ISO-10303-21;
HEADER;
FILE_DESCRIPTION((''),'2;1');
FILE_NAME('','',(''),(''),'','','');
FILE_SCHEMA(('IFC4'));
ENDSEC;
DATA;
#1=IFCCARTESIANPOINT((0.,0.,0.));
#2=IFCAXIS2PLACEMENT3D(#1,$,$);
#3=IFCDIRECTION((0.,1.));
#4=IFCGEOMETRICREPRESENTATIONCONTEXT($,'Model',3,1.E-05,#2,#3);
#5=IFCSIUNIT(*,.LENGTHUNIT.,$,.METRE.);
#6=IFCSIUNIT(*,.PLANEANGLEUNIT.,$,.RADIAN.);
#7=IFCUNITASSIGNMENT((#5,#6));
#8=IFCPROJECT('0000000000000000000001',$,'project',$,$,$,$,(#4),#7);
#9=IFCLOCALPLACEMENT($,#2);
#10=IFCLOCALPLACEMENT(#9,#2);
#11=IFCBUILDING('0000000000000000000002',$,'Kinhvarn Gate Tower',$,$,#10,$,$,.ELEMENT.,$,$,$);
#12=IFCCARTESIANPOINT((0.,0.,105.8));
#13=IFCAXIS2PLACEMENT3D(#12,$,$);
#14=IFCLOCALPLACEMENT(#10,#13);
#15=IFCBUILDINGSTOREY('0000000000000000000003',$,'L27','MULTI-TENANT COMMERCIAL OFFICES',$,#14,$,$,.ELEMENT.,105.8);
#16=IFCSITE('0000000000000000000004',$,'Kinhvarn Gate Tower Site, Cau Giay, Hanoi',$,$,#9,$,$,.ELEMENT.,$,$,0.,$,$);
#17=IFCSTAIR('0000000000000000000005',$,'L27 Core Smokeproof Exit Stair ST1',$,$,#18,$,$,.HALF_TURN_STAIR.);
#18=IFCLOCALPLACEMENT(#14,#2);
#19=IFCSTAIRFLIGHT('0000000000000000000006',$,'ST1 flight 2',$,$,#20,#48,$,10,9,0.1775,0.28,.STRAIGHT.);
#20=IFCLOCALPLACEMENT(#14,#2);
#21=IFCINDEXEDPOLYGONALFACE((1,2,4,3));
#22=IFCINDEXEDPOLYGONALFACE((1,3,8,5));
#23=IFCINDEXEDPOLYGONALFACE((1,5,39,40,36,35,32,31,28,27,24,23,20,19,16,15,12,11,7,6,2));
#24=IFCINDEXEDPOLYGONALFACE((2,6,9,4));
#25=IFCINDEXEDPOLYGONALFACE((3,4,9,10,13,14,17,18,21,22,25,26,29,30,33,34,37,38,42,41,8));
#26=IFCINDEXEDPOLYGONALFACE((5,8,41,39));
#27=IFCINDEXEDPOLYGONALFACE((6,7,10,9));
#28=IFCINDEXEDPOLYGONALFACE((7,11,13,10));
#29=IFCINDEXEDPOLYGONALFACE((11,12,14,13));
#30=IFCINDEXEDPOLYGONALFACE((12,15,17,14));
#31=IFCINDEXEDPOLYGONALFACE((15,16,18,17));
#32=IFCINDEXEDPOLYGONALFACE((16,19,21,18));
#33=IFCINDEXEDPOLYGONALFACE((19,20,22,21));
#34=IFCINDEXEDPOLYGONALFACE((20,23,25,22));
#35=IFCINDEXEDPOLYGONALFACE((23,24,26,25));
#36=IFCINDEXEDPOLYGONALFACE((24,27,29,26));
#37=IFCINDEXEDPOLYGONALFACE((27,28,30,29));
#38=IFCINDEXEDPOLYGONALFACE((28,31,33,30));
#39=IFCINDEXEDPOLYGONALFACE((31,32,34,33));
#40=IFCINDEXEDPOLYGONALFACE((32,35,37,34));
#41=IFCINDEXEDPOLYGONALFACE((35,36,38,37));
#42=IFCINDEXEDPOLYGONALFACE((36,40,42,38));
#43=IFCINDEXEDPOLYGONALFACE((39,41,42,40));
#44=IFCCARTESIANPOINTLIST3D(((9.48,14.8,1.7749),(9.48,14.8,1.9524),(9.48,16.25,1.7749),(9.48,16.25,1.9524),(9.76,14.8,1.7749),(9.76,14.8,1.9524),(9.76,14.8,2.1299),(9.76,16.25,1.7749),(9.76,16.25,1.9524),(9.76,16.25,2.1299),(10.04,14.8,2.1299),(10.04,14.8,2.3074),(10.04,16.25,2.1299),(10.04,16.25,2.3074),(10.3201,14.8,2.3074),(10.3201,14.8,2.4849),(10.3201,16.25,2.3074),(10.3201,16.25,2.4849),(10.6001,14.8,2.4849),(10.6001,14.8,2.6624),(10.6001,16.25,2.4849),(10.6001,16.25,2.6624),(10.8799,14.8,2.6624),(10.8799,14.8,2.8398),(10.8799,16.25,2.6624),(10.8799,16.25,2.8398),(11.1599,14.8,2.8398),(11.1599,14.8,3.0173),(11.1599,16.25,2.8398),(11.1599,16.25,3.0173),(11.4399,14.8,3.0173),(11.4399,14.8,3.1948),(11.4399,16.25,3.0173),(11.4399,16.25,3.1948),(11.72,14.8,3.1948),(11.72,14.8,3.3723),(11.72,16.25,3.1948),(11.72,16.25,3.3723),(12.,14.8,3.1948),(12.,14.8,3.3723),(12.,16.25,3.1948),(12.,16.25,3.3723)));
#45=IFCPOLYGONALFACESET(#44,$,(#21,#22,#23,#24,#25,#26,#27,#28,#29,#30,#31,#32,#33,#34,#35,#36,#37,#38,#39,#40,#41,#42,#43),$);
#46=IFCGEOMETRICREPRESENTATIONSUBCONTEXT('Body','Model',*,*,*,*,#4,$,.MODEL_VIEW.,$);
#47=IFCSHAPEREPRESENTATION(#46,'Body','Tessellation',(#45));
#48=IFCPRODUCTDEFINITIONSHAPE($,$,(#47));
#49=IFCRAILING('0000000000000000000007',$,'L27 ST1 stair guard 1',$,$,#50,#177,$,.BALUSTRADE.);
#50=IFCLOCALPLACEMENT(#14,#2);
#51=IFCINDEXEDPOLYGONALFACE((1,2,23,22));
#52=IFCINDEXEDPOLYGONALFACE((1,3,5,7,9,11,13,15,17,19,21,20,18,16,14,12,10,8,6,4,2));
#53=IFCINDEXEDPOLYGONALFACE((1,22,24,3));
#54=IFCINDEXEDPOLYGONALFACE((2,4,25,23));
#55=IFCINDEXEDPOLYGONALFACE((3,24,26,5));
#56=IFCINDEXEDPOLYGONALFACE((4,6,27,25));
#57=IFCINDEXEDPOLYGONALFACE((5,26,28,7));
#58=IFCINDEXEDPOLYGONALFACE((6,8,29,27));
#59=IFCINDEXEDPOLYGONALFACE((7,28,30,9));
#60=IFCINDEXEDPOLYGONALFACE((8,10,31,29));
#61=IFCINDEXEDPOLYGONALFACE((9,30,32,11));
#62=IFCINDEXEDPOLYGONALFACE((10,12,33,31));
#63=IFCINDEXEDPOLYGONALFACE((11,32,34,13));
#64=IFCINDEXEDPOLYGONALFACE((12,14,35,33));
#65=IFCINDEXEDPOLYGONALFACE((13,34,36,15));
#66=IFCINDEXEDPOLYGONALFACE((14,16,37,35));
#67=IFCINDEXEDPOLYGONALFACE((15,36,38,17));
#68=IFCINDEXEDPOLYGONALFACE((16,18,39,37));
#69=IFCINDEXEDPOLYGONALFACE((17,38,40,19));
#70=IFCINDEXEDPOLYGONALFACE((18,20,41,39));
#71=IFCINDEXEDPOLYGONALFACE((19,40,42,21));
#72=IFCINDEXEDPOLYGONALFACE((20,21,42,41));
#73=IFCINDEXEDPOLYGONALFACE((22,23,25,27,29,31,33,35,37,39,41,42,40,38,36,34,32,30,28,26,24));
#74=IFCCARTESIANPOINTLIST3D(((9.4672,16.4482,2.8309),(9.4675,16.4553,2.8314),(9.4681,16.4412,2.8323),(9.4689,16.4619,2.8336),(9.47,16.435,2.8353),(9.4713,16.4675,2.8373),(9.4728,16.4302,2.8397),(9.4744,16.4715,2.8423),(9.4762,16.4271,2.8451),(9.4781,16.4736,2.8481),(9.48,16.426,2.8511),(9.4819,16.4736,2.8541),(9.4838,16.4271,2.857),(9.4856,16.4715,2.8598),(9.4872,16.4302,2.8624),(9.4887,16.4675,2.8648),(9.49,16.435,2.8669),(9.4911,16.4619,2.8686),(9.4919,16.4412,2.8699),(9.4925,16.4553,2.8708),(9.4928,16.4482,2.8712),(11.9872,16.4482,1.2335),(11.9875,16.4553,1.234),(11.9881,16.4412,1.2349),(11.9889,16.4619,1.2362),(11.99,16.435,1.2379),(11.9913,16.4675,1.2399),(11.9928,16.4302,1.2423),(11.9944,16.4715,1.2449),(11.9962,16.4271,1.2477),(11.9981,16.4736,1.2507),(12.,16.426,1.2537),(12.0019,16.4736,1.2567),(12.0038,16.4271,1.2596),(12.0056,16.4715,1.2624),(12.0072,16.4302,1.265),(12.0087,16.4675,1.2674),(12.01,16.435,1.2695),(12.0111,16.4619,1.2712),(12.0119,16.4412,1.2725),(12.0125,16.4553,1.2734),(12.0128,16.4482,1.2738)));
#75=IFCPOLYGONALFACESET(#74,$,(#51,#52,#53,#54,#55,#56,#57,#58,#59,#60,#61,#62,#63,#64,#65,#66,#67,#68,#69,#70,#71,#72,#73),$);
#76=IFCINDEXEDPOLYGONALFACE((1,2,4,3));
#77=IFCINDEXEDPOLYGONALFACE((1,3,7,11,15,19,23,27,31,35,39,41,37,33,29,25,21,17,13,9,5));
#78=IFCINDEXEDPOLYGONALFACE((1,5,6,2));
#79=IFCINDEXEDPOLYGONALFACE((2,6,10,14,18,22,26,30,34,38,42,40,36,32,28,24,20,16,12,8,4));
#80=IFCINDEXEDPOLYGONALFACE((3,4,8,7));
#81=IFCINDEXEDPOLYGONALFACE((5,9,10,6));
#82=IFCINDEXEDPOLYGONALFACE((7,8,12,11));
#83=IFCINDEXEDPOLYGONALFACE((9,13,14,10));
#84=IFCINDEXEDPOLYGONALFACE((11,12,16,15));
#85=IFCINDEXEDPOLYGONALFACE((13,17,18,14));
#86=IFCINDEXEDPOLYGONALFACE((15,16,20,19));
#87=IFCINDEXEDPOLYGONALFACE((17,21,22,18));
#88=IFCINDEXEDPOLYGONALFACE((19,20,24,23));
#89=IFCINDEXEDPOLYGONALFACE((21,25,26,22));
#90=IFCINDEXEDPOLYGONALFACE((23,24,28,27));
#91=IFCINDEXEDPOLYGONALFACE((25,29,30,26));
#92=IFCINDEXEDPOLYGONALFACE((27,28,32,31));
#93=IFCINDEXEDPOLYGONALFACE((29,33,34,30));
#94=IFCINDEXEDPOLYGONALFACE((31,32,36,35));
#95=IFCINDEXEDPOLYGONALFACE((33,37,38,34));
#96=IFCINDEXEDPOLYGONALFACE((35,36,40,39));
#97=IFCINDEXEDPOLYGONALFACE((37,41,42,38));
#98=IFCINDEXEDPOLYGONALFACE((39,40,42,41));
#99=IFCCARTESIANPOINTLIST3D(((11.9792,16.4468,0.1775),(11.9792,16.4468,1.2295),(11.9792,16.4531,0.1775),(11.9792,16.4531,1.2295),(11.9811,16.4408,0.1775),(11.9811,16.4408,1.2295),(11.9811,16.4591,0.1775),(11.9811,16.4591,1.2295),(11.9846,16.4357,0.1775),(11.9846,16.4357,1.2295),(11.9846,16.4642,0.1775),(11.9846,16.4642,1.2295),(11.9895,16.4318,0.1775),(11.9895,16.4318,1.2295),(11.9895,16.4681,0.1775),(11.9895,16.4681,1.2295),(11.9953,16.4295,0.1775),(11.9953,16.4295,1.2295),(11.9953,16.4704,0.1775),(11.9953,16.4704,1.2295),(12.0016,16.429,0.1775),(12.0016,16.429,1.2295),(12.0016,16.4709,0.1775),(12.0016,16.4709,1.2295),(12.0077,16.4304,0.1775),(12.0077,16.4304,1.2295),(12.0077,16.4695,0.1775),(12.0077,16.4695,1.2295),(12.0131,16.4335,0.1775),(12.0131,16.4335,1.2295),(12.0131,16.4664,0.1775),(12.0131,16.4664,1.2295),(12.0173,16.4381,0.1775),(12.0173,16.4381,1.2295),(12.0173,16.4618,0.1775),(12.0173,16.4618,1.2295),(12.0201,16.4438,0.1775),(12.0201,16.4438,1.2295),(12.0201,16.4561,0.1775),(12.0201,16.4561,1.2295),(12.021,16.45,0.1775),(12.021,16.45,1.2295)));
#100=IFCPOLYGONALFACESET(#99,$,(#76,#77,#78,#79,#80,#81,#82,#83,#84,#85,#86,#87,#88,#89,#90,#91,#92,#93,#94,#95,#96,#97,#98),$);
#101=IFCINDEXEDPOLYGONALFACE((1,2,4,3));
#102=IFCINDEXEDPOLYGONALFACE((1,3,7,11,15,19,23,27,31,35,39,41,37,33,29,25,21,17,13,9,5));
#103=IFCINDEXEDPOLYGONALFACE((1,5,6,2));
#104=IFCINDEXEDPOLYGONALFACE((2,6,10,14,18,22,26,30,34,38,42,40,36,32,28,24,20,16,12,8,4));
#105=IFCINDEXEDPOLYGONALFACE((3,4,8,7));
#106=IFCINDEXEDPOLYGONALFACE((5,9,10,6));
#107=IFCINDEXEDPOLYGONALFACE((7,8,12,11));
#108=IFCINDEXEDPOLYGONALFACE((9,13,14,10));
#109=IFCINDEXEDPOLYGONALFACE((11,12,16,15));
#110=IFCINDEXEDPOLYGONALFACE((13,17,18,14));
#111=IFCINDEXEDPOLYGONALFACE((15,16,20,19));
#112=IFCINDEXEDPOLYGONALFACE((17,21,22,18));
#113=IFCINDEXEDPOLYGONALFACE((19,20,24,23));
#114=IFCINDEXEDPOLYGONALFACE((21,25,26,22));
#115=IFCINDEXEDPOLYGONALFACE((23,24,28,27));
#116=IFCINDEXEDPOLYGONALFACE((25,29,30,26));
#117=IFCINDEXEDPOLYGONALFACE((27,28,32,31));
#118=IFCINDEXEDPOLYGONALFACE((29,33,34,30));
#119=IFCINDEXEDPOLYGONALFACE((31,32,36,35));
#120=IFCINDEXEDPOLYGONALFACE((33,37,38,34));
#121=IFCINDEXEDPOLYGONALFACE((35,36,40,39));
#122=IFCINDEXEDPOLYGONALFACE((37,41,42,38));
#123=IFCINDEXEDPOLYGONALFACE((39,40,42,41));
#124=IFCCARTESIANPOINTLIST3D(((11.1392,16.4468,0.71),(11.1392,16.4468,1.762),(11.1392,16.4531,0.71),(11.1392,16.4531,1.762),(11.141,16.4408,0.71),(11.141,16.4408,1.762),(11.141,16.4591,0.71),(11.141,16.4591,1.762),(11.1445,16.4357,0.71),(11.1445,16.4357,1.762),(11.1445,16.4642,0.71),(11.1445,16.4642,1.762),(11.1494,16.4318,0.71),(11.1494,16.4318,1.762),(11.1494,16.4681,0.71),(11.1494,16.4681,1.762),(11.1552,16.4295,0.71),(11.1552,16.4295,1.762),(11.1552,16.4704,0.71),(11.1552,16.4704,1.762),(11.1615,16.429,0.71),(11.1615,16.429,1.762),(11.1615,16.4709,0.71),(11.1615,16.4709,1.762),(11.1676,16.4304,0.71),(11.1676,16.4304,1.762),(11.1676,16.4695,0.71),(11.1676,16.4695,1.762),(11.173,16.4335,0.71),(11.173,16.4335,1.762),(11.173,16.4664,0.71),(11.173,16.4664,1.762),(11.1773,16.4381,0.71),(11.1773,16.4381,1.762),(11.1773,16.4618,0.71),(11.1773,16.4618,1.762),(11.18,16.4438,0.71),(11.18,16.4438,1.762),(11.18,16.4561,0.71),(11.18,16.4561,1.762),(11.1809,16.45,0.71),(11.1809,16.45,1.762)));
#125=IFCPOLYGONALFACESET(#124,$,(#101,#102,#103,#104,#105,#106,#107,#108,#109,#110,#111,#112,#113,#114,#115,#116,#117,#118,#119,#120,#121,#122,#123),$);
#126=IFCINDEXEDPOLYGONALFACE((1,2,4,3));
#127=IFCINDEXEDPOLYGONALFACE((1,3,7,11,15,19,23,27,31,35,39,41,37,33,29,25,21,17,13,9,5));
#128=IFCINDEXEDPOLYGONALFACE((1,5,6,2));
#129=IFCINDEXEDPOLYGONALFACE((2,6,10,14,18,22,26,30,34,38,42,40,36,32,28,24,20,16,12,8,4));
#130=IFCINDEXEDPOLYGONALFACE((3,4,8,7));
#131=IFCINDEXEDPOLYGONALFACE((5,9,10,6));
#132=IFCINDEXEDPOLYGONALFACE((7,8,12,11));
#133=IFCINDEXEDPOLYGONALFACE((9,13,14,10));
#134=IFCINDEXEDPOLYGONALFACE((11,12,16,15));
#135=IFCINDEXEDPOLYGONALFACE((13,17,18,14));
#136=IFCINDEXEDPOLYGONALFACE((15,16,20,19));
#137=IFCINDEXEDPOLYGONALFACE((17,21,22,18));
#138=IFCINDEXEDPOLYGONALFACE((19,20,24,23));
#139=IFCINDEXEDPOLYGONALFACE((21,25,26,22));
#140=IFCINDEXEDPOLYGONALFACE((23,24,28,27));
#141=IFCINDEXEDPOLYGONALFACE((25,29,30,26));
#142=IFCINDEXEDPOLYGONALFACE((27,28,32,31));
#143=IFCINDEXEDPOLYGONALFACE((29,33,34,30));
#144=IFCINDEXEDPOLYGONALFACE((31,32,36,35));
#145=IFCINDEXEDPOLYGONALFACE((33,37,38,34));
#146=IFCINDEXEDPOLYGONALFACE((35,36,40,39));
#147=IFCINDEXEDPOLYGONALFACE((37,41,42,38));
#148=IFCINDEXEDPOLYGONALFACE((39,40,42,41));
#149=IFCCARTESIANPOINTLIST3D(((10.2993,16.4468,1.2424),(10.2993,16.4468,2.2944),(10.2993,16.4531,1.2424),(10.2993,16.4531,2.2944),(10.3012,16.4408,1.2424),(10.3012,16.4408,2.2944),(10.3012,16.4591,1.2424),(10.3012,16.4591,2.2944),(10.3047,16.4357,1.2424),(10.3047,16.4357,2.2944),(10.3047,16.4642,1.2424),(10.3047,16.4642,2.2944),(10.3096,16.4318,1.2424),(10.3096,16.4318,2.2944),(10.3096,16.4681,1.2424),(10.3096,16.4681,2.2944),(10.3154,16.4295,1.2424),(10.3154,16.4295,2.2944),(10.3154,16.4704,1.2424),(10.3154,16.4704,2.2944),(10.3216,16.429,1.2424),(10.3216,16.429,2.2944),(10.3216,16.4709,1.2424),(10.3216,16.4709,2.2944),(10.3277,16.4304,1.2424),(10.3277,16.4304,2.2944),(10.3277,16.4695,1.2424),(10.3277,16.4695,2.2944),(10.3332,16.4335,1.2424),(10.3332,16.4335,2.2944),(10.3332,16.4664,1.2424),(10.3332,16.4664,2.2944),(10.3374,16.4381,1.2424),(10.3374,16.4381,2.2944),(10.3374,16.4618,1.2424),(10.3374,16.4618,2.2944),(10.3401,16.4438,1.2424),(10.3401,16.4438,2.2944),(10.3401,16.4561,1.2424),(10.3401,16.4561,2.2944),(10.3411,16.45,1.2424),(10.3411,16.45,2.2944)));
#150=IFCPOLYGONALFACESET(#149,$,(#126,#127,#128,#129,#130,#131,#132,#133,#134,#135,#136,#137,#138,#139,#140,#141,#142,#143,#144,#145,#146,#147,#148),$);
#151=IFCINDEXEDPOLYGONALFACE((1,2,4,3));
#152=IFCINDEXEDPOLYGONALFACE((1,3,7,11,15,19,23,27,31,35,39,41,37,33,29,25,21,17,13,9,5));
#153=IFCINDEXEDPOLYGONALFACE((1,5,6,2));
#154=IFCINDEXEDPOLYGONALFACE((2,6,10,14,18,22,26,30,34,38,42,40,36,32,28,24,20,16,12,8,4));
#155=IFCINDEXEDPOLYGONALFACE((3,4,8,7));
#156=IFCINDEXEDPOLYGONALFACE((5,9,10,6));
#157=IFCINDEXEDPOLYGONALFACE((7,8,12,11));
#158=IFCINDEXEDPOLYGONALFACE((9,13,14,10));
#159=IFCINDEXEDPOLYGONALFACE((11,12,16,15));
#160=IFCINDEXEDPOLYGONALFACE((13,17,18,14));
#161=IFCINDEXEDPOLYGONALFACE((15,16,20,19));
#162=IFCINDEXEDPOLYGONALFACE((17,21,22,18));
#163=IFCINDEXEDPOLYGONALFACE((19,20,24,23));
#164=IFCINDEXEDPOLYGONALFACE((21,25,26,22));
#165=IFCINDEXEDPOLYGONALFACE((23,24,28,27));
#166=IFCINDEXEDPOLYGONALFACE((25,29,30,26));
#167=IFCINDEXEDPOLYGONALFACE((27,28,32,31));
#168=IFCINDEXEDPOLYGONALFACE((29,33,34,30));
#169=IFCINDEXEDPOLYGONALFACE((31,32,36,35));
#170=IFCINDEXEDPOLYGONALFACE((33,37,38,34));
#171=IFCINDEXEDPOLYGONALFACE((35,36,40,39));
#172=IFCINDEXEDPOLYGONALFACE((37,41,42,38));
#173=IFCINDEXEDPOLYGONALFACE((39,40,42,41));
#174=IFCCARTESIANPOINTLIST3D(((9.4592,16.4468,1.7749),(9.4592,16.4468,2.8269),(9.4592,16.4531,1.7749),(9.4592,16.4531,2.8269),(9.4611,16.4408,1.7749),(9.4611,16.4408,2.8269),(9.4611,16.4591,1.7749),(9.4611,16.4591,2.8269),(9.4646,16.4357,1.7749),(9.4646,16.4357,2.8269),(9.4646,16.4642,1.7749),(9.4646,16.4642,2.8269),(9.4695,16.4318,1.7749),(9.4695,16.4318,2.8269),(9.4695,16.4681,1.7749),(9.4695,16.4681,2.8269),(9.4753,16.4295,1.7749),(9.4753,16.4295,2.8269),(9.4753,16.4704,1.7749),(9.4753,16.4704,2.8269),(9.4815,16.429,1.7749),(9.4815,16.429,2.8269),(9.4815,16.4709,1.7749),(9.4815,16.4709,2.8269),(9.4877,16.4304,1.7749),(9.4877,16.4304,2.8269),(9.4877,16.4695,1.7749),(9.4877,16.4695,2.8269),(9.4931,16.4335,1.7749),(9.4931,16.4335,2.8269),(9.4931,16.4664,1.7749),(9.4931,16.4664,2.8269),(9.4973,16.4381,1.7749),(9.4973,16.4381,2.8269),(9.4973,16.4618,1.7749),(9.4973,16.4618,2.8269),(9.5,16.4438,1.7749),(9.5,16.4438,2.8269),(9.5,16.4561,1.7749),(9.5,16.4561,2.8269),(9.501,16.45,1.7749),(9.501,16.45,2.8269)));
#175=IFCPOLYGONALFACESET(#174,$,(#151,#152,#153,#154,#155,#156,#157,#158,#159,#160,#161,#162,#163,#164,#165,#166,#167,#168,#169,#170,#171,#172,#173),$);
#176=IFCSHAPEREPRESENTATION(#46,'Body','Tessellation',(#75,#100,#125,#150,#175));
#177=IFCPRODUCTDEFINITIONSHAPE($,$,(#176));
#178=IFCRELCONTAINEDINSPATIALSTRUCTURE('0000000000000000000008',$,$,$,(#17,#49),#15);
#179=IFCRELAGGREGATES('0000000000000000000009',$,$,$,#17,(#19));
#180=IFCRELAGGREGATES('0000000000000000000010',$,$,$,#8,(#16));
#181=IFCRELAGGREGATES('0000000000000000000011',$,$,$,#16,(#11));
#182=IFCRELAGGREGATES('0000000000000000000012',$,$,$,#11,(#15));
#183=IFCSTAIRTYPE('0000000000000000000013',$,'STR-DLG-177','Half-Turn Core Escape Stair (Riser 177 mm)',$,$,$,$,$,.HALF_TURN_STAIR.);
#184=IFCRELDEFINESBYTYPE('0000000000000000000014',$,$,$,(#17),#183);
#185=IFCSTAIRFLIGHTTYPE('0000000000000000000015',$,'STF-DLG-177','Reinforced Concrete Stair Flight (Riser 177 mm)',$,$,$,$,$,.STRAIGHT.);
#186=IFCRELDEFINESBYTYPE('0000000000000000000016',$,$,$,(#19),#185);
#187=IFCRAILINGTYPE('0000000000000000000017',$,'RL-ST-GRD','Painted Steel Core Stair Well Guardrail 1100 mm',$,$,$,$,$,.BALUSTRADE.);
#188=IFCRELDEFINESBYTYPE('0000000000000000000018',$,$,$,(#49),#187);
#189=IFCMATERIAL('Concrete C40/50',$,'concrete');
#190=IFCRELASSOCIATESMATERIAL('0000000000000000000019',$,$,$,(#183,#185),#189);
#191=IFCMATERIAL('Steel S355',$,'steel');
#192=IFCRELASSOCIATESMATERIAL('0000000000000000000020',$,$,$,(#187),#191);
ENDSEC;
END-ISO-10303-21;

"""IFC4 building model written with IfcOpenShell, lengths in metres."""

from ifc_helpers import new_model, si_unit, direction, frame, origin, origin_2d, place, context, subcontext, project, spatial, polyline, circle, outline, extrude, material, type_object, element, aggregate, save


model = new_model("IFC4")

# Units and contexts
model_context = context("Model", 3, precision=1e-05, world=origin(), true_north=direction((0.0, 1.0)))
body_context = subcontext(model_context, "Body", "Model", "MODEL_VIEW")
ifc_project = project(units=[si_unit("LENGTHUNIT", "METRE"), si_unit("PLANEANGLEUNIT", "RADIAN")], contexts=[model_context])

# Site, building, storey
site_placement = place(None, origin())
site = spatial("IfcSite", under=ifc_project, at=site_placement, Name="Kinhvarn Gate Tower Site, Cau Giay, Hanoi", CompositionType="ELEMENT", RefElevation=0.0)
building_placement = place(site_placement, origin())
building = spatial("IfcBuilding", under=site, at=building_placement, Name="Kinhvarn Gate Tower", CompositionType="ELEMENT")
storey_placement = place(building_placement, frame((0.0, 0.0, 105.8)))
storey = spatial("IfcBuildingStorey", under=building, at=storey_placement, Name="L27", Description="MULTI-TENANT COMMERCIAL OFFICES", CompositionType="ELEMENT", Elevation=105.8)

# Shared definitions
ifc_material_1 = material(Name="Steel S355", Category="steel")

# Shared definitions
ifc_material_2 = material(Name="Concrete C40/50", Category="concrete")

# Stair, stair flight
stair_type = type_object("IfcStairType", Name="STR-DLG-177", Description="Half-Turn Core Escape Stair (Riser 177 mm)", PredefinedType="HALF_TURN_STAIR", material=ifc_material_2)
stair_placement = place(storey_placement, origin())
stair = element("IfcStair", 1, at=stair_placement, inside=storey, type_object=stair_type, Name="L27 Core Smokeproof Exit Stair ST1", PredefinedType="HALF_TURN_STAIR")
stair_flight_type = type_object("IfcStairFlightType", Name="STF-DLG-177", Description="Reinforced Concrete Stair Flight (Riser 177 mm)", PredefinedType="STRAIGHT", material=ifc_material_2)
stair_flight_1_placement = place(storey_placement, frame((9.48, 15.5249, 1.7749), z_axis=(0.0, 0.0, 1.0), x_axis=(1.0, 0.0, 0.0)))
stair_flight_1 = element("IfcStairFlight", 2, at=stair_flight_1_placement, type_object=stair_flight_type, Name="ST1 flight 2", NumberOfRisers=10, NumberOfTreads=9, PredefinedType="STRAIGHT", RiserHeight=0.1775, TreadLength=0.28, context=body_context, shape_type="SweptSolid", body=[
    extrude(outline(polyline([(0.0, 0.0), (0.0, 0.1775), (0.28, 0.1775), (0.28, 0.355), (0.5601, 0.355), (0.5601, 0.5325), (0.8401, 0.5325), (0.8401, 0.71), (1.1201, 0.71), (1.1201, 0.8875), (1.3999, 0.8875), (1.3999, 1.0649), (1.6799, 1.0649), (1.6799, 1.2424), (1.96, 1.2424), (1.96, 1.4199), (2.24, 1.4199), (2.24, 1.5974), (2.52, 1.5974), (2.52, 1.7749), (2.52, 1.4199), (0.28, 0.0), (0.0, 0.0)])), frame((0.0, 0.7251, 0.0), z_axis=(0.0, -1.0, 0.0), x_axis=(1.0, 0.0, 0.0)), (0.0, 0.0, 1.0), 1.45),
])
aggregate(stair, [stair_flight_1])

# Railing
railing_type_1 = type_object("IfcRailingType", Name="RL-ST-GRD", Description="Painted Steel Core Stair Well Guardrail 1100 mm", PredefinedType="BALUSTRADE", material=ifc_material_1)
railing_1_placement = place(storey_placement, frame((12.0, 16.45, 0.1775)))
element("IfcRailing", 3, at=railing_1_placement, inside=storey, type_object=railing_type_1, Name="L27 ST1 stair guard 1", PredefinedType="BALUSTRADE", context=body_context, shape_type="SweptSolid", body=[
    extrude(circle(Radius=0.0239, at=origin_2d()), frame((0.0, 0.0, 1.0762), z_axis=(-0.844607, 0.0, 0.535387), x_axis=(0.0, -1.0, 0.0)), (0.0, 0.0, 1.0), 2.9836),
    extrude(circle(Radius=0.021, at=origin_2d()), origin(), (0.0, 0.0, 1.0), 1.052),
    extrude(circle(Radius=0.021, at=origin_2d()), frame((-0.8401, 0.0, 0.5325)), (0.0, 0.0, 1.0), 1.052),
    extrude(circle(Radius=0.021, at=origin_2d()), frame((-1.6799, 0.0, 1.0649)), (0.0, 0.0, 1.0), 1.052),
    extrude(circle(Radius=0.021, at=origin_2d()), frame((-2.52, 0.0, 1.5974)), (0.0, 0.0, 1.0), 1.052),
])

save(model, "model.ifc")
